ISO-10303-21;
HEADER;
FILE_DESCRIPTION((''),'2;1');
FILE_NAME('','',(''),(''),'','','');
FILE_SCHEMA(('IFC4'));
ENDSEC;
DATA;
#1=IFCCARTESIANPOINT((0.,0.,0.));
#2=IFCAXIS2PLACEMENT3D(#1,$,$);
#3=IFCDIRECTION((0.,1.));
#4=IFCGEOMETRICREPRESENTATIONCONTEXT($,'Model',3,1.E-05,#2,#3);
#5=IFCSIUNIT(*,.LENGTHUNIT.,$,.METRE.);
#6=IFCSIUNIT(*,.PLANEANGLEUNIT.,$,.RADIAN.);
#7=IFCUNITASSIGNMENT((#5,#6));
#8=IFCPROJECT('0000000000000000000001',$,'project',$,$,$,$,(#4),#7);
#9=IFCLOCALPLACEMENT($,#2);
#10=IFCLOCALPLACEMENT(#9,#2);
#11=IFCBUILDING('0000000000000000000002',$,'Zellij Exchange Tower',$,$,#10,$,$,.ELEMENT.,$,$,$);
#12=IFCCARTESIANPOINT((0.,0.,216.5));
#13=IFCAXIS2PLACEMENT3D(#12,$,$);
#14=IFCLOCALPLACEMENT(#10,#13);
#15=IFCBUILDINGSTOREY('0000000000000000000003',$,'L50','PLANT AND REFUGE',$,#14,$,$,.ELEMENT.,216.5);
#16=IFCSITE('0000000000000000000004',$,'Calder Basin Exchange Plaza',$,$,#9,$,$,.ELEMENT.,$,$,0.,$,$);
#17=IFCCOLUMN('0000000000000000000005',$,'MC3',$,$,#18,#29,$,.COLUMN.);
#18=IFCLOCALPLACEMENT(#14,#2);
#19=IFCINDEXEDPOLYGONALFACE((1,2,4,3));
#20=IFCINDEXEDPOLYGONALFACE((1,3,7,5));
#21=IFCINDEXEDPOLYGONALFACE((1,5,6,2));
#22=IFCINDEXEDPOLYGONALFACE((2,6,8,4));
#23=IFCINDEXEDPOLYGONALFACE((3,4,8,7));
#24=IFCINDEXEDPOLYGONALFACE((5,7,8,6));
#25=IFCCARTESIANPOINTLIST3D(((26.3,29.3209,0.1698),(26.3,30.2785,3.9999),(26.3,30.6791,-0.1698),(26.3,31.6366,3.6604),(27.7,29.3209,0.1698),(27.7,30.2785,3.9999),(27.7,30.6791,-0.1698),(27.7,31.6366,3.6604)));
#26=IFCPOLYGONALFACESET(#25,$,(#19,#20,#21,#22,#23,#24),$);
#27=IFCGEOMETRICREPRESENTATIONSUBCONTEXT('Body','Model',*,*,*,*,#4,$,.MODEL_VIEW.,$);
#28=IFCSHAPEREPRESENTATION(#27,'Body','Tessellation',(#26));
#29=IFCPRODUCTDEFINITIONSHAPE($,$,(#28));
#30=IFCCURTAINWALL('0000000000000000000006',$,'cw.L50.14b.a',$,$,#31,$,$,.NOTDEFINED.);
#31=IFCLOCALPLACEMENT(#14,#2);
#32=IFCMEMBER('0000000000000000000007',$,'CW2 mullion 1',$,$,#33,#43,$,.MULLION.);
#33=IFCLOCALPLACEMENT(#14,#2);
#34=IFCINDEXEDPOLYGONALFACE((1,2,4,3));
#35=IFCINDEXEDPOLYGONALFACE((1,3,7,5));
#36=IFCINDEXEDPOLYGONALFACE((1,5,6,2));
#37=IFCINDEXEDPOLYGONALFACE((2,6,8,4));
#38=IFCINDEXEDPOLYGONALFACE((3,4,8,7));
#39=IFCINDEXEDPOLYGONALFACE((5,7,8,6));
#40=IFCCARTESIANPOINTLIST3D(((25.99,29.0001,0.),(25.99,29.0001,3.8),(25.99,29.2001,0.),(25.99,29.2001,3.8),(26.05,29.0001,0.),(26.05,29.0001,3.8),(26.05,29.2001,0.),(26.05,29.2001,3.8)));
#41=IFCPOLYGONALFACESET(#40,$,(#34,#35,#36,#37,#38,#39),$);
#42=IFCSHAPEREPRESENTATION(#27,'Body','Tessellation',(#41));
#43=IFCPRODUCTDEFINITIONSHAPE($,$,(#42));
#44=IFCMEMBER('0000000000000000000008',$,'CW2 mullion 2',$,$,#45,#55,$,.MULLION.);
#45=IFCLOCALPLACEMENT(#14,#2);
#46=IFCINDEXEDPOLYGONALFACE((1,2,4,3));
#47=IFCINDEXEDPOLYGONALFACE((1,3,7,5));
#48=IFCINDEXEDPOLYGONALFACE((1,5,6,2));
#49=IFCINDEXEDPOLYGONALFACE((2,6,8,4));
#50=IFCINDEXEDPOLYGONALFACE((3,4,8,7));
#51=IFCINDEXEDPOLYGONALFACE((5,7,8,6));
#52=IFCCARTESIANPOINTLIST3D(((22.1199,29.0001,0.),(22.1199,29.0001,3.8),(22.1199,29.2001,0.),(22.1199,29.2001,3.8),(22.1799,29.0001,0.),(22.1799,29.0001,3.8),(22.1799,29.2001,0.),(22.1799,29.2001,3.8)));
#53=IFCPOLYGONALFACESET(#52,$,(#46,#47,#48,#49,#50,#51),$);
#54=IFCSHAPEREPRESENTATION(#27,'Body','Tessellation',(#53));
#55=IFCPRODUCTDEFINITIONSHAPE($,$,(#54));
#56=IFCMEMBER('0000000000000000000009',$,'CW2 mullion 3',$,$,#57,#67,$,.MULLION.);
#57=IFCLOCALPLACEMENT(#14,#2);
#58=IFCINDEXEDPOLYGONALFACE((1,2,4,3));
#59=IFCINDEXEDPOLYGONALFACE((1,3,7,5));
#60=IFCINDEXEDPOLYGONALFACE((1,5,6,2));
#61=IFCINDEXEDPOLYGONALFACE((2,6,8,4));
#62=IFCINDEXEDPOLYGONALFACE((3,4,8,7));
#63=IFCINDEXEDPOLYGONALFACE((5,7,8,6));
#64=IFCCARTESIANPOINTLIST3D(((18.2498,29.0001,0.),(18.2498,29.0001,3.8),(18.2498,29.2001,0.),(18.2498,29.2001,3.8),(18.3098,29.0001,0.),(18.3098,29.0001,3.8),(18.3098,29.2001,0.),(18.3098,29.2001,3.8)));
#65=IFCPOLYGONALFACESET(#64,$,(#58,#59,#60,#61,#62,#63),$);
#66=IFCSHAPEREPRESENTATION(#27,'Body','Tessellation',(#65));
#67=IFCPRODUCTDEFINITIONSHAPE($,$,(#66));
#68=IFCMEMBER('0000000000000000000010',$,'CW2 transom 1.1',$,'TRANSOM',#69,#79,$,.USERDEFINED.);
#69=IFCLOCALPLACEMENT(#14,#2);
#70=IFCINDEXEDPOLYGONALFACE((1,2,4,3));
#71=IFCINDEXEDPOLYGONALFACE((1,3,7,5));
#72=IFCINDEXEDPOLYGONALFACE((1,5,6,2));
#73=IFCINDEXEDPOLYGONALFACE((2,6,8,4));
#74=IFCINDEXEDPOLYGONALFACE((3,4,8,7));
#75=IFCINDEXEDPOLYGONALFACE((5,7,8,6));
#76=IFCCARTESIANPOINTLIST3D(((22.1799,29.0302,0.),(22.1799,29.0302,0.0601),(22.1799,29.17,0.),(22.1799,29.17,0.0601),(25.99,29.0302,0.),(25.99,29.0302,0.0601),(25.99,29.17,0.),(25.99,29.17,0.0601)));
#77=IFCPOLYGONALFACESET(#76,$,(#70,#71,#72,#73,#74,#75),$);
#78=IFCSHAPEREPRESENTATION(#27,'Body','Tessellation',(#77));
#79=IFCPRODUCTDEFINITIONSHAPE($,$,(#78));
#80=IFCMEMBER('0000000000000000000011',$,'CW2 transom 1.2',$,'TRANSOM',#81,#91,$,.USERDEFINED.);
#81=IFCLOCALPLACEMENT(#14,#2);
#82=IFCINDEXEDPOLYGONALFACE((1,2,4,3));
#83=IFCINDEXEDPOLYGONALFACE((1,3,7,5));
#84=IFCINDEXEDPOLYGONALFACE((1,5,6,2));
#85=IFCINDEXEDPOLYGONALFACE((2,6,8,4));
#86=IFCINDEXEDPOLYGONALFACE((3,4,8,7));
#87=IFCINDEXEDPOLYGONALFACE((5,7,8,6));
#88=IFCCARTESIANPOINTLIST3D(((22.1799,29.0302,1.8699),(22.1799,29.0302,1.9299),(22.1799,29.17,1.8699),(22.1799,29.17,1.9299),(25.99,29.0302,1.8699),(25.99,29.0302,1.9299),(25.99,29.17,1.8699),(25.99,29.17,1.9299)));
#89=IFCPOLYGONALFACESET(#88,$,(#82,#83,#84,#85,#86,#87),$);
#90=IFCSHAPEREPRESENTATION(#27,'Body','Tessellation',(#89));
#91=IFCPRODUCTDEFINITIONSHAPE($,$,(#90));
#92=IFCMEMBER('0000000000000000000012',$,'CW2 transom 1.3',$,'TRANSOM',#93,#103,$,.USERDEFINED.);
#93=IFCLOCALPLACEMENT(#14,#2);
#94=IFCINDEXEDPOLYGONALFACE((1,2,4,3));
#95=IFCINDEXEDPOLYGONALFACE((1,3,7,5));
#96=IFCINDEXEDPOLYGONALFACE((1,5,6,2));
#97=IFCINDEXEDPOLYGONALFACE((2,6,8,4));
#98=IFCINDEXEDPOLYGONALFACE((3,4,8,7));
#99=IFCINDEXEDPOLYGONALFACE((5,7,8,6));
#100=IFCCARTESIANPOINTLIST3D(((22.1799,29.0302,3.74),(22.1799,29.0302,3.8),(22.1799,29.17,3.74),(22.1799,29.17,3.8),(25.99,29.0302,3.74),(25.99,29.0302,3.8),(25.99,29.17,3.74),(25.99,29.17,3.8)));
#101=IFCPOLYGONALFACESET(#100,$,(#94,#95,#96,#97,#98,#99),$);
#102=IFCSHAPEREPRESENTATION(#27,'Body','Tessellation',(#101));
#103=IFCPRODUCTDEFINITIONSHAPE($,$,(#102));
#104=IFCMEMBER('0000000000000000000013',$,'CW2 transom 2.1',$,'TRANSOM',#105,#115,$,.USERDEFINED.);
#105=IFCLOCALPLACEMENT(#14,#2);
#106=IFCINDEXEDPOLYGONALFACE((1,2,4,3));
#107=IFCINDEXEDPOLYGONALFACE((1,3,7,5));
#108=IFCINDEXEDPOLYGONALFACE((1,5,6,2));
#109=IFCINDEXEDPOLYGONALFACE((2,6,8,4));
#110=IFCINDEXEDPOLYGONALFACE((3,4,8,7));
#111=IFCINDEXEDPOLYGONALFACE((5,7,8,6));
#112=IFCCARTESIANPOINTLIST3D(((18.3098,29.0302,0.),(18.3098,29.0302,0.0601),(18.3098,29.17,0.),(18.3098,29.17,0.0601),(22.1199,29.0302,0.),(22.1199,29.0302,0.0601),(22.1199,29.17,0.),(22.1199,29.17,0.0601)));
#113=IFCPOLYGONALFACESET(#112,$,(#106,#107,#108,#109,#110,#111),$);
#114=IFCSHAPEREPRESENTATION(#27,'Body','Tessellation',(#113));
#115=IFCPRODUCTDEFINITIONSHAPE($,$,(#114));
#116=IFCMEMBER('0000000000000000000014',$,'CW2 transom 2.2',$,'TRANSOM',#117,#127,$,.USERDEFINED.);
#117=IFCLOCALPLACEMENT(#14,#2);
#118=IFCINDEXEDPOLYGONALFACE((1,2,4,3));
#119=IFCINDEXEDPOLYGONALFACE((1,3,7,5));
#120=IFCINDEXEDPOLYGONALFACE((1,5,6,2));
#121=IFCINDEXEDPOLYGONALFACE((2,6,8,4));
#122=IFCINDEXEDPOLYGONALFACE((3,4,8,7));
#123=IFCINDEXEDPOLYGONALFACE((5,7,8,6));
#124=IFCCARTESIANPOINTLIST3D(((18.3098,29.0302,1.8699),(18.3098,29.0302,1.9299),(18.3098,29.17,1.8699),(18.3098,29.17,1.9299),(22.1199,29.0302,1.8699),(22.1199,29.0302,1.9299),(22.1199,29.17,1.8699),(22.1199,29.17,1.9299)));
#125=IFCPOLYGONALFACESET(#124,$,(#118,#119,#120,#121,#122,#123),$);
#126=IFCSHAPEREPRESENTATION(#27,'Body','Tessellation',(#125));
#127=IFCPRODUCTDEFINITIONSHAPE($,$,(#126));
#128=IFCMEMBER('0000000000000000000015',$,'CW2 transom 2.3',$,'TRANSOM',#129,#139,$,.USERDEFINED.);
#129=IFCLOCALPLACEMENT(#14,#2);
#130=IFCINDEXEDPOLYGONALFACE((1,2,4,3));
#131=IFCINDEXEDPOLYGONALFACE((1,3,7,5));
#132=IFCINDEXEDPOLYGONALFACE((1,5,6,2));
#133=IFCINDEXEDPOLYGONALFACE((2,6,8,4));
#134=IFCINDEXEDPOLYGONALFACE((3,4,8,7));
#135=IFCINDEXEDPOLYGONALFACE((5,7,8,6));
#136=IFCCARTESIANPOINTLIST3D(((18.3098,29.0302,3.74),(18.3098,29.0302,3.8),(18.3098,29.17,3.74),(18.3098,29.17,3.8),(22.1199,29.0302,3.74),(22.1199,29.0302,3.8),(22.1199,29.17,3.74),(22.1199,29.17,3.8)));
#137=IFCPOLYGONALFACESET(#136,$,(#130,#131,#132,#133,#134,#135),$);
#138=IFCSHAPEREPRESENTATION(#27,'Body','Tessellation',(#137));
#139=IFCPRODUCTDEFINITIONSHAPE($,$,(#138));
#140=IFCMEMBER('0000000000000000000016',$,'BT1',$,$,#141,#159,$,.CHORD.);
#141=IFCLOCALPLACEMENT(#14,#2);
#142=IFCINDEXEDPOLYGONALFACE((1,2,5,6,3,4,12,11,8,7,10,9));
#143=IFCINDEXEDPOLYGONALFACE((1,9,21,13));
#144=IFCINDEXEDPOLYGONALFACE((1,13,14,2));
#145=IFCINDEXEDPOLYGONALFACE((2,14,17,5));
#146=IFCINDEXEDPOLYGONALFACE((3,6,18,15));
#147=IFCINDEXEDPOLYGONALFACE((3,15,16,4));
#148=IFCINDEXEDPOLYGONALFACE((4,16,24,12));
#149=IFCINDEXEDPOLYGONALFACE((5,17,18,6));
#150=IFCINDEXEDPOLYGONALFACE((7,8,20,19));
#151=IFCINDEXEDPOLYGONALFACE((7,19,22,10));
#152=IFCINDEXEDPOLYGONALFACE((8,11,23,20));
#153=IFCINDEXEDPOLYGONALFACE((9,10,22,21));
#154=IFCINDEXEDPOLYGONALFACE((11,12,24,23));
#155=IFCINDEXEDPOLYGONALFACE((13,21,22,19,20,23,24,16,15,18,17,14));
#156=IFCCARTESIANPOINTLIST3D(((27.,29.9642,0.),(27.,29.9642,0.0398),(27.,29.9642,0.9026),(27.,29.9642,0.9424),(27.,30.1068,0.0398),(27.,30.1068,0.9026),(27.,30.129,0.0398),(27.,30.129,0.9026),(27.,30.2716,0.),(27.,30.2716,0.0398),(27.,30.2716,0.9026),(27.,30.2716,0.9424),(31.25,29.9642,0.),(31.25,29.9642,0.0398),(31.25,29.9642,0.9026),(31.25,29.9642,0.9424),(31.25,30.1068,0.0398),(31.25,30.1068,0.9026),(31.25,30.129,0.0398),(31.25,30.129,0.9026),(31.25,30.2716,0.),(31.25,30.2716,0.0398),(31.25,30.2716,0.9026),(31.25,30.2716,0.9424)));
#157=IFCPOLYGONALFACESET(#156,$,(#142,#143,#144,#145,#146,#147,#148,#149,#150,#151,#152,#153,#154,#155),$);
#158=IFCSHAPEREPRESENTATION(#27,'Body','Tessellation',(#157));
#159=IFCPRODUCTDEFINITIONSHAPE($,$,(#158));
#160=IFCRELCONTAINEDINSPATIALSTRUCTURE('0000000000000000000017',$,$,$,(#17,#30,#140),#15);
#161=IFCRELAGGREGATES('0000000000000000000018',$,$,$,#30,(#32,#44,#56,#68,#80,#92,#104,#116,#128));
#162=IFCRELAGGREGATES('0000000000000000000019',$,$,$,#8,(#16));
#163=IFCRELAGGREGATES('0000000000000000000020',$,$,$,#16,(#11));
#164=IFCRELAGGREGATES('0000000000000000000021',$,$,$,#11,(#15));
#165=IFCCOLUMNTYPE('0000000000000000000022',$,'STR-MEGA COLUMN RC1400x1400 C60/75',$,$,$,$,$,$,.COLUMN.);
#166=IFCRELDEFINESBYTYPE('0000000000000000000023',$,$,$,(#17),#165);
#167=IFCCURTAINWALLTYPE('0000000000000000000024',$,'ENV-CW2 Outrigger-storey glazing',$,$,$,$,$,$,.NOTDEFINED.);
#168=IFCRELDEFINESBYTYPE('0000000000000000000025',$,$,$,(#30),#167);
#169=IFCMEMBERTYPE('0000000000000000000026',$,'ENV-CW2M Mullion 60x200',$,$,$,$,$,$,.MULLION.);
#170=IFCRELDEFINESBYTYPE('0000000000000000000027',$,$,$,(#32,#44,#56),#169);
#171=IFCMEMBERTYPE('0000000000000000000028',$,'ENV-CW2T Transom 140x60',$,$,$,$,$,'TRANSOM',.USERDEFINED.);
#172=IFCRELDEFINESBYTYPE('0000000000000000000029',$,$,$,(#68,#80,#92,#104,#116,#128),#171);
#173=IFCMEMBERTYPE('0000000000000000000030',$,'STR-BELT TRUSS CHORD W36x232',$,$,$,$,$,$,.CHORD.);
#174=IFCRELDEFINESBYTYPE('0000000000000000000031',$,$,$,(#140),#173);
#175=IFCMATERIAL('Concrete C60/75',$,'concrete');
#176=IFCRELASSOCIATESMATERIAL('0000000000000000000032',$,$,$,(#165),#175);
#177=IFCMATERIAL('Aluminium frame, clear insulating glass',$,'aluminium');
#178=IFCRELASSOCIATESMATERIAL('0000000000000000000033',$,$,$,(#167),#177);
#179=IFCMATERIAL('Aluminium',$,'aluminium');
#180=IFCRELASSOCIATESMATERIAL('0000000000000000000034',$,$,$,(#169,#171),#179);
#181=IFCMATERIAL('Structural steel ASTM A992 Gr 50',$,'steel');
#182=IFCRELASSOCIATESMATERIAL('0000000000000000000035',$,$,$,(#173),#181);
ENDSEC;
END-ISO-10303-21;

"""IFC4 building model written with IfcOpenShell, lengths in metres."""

from ifc_helpers import new_model, si_unit, direction, frame, origin, origin_2d, place, context, subcontext, project, spatial, rectangle, i_section, extrude, clip, halfspace, material, material_profile, profile_set, type_object, element, aggregate, save


model = new_model("IFC4")

# Units and contexts
model_context = context("Model", 3, precision=1e-05, world=origin(), true_north=direction((0.0, 1.0)))
body_context = subcontext(model_context, "Body", "Model", "MODEL_VIEW")
ifc_project = project(units=[si_unit("LENGTHUNIT", "METRE"), si_unit("PLANEANGLEUNIT", "RADIAN")], contexts=[model_context])

# Site, building, storey
site_placement = place(None, origin())
site = spatial("IfcSite", under=ifc_project, at=site_placement, Name="Calder Basin Exchange Plaza", CompositionType="ELEMENT", RefElevation=0.0)
building_placement = place(site_placement, origin())
building = spatial("IfcBuilding", under=site, at=building_placement, Name="Zellij Exchange Tower", CompositionType="ELEMENT")
storey_placement = place(building_placement, frame((0.0, 0.0, 216.5)))
storey = spatial("IfcBuildingStorey", under=building, at=storey_placement, Name="L50", Description="PLANT AND REFUGE", CompositionType="ELEMENT", Elevation=216.5)

# Column
ifc_material_1 = material(Name="Concrete C60/75", Category="concrete")
ifc_material_profile_1 = material_profile(ifc_material_1, rectangle(XDim=1.3999, YDim=1.3999, at=origin_2d()), Name="STR-MEGA COLUMN RC1400x1400 C60/75")
ifc_profile_set_1 = profile_set([ifc_material_profile_1], Name="Concrete C60/75")
column_type = type_object("IfcColumnType", Name="STR-MEGA COLUMN RC1400x1400 C60/75", PredefinedType="COLUMN", material=ifc_profile_set_1)
column_placement = place(storey_placement, frame((27.0, 30.0, 0.0), z_axis=(0.0, 0.242536, 0.970143), x_axis=(-1.0, 0.0, 0.0)))
element("IfcColumn", 1, at=column_placement, inside=storey, type_object=column_type, Name="MC3", PredefinedType="COLUMN", context=body_context, shape_type="Clipping", body=[
    clip(extrude(rectangle(XDim=1.3999, YDim=1.3999, at=origin_2d()), origin(), (0.0, 0.0, 1.0), 4.123), halfspace(frame((0.0, 0.0, 3.948)), False)),
])

# Curtain wall, members
ifc_material_2 = material(Name="Aluminium frame, clear insulating glass", Category="aluminium")
curtain_wall_type = type_object("IfcCurtainWallType", Name="ENV-CW2 Outrigger-storey glazing", PredefinedType="NOTDEFINED", material=ifc_material_2)
curtain_wall_placement = place(storey_placement, origin())
curtain_wall = element("IfcCurtainWall", 2, at=curtain_wall_placement, inside=storey, type_object=curtain_wall_type, Name="cw.L50.14b.a", PredefinedType="NOTDEFINED")
ifc_material_3 = material(Name="Aluminium", Category="aluminium")
ifc_material_profile_2 = material_profile(ifc_material_3, rectangle(XDim=0.0601, YDim=0.2, at=origin_2d()), Name="AL 60x200")
ifc_profile_set_2 = profile_set([ifc_material_profile_2], Name="Aluminium")
member_type_1 = type_object("IfcMemberType", Name="ENV-CW2M Mullion 60x200", PredefinedType="MULLION", material=ifc_profile_set_2)
member_1_placement = place(storey_placement, frame((26.02, 29.1001, 0.0), z_axis=(0.0, 0.0, 1.0), x_axis=(-1.0, 0.0, 0.0)))
member_1 = element("IfcMember", 3, at=member_1_placement, type_object=member_type_1, Name="CW2 mullion 1", PredefinedType="MULLION", context=body_context, shape_type="SweptSolid", body=[
    extrude(rectangle(XDim=0.0601, YDim=0.2, at=origin_2d()), origin(), (0.0, 0.0, 1.0), 3.8),
])
member_2_placement = place(storey_placement, frame((22.1499, 29.1001, 0.0), z_axis=(0.0, 0.0, 1.0), x_axis=(-1.0, 0.0, 0.0)))
member_2 = element("IfcMember", 4, at=member_2_placement, type_object=member_type_1, Name="CW2 mullion 2", PredefinedType="MULLION", context=body_context, shape_type="SweptSolid", body=[
    extrude(rectangle(XDim=0.0601, YDim=0.2, at=origin_2d()), origin(), (0.0, 0.0, 1.0), 3.8),
])
member_3_placement = place(storey_placement, frame((18.2798, 29.1001, 0.0), z_axis=(0.0, 0.0, 1.0), x_axis=(-1.0, 0.0, 0.0)))
member_3 = element("IfcMember", 5, at=member_3_placement, type_object=member_type_1, Name="CW2 mullion 3", PredefinedType="MULLION", context=body_context, shape_type="SweptSolid", body=[
    extrude(rectangle(XDim=0.0601, YDim=0.2, at=origin_2d()), origin(), (0.0, 0.0, 1.0), 3.8),
])
ifc_material_profile_3 = material_profile(ifc_material_3, rectangle(XDim=0.1399, YDim=0.0601, at=origin_2d()), Name="AL 140x60")
ifc_profile_set_3 = profile_set([ifc_material_profile_3], Name="Aluminium")
member_type_2 = type_object("IfcMemberType", Name="ENV-CW2T Transom 140x60", ElementType="TRANSOM", PredefinedType="USERDEFINED", material=ifc_profile_set_3)
member_4_placement = place(storey_placement, frame((25.99, 29.1001, 0.03), z_axis=(-1.0, 0.0, 0.0), x_axis=(0.0, -1.0, 0.0)))
member_4 = element("IfcMember", 6, at=member_4_placement, type_object=member_type_2, Name="CW2 transom 1.1", ObjectType="TRANSOM", PredefinedType="USERDEFINED", context=body_context, shape_type="SweptSolid", body=[
    extrude(rectangle(XDim=0.1399, YDim=0.0601, at=origin_2d()), origin(), (0.0, 0.0, 1.0), 3.8101),
])
member_5_placement = place(storey_placement, frame((25.99, 29.1001, 1.8999), z_axis=(-1.0, 0.0, 0.0), x_axis=(0.0, -1.0, 0.0)))
member_5 = element("IfcMember", 7, at=member_5_placement, type_object=member_type_2, Name="CW2 transom 1.2", ObjectType="TRANSOM", PredefinedType="USERDEFINED", context=body_context, shape_type="SweptSolid", body=[
    extrude(rectangle(XDim=0.1399, YDim=0.0601, at=origin_2d()), origin(), (0.0, 0.0, 1.0), 3.8101),
])
member_6_placement = place(storey_placement, frame((25.99, 29.1001, 3.77), z_axis=(-1.0, 0.0, 0.0), x_axis=(0.0, -1.0, 0.0)))
member_6 = element("IfcMember", 8, at=member_6_placement, type_object=member_type_2, Name="CW2 transom 1.3", ObjectType="TRANSOM", PredefinedType="USERDEFINED", context=body_context, shape_type="SweptSolid", body=[
    extrude(rectangle(XDim=0.1399, YDim=0.0601, at=origin_2d()), origin(), (0.0, 0.0, 1.0), 3.8101),
])
member_7_placement = place(storey_placement, frame((22.1199, 29.1001, 0.03), z_axis=(-1.0, 0.0, 0.0), x_axis=(0.0, -1.0, 0.0)))
member_7 = element("IfcMember", 9, at=member_7_placement, type_object=member_type_2, Name="CW2 transom 2.1", ObjectType="TRANSOM", PredefinedType="USERDEFINED", context=body_context, shape_type="SweptSolid", body=[
    extrude(rectangle(XDim=0.1399, YDim=0.0601, at=origin_2d()), origin(), (0.0, 0.0, 1.0), 3.8101),
])
member_8_placement = place(storey_placement, frame((22.1199, 29.1001, 1.8999), z_axis=(-1.0, 0.0, 0.0), x_axis=(0.0, -1.0, 0.0)))
member_8 = element("IfcMember", 10, at=member_8_placement, type_object=member_type_2, Name="CW2 transom 2.2", ObjectType="TRANSOM", PredefinedType="USERDEFINED", context=body_context, shape_type="SweptSolid", body=[
    extrude(rectangle(XDim=0.1399, YDim=0.0601, at=origin_2d()), origin(), (0.0, 0.0, 1.0), 3.8101),
])
member_9_placement = place(storey_placement, frame((22.1199, 29.1001, 3.77), z_axis=(-1.0, 0.0, 0.0), x_axis=(0.0, -1.0, 0.0)))
member_9 = element("IfcMember", 11, at=member_9_placement, type_object=member_type_2, Name="CW2 transom 2.3", ObjectType="TRANSOM", PredefinedType="USERDEFINED", context=body_context, shape_type="SweptSolid", body=[
    extrude(rectangle(XDim=0.1399, YDim=0.0601, at=origin_2d()), origin(), (0.0, 0.0, 1.0), 3.8101),
])

# Member
ifc_material_4 = material(Name="Structural steel ASTM A992 Gr 50", Category="steel")
ifc_material_profile_4 = material_profile(ifc_material_4, i_section(OverallWidth=0.3074, OverallDepth=0.9424, WebThickness=0.0222, FlangeThickness=0.0398, at=origin_2d()), Name="W36x232")
ifc_profile_set_4 = profile_set([ifc_material_profile_4], Name="Structural steel ASTM A992 Gr 50")
member_type_3 = type_object("IfcMemberType", Name="STR-BELT TRUSS CHORD W36x232", PredefinedType="CHORD", material=ifc_profile_set_4)
member_10_placement = place(storey_placement, frame((27.0, 30.1179, 0.4712), z_axis=(1.0, 0.0, 0.0), x_axis=(0.0, 1.0, 0.0)))
element("IfcMember", 12, at=member_10_placement, inside=storey, type_object=member_type_3, Name="BT1", PredefinedType="CHORD", context=body_context, shape_type="SweptSolid", body=[
    extrude(i_section(OverallWidth=0.3074, OverallDepth=0.9424, WebThickness=0.0222, FlangeThickness=0.0398, at=origin_2d()), origin(), (0.0, 0.0, 1.0), 4.25),
])

aggregate(curtain_wall, [member_1, member_2, member_3, member_4, member_5, member_6, member_7, member_8, member_9])

save(model, "model.ifc")
